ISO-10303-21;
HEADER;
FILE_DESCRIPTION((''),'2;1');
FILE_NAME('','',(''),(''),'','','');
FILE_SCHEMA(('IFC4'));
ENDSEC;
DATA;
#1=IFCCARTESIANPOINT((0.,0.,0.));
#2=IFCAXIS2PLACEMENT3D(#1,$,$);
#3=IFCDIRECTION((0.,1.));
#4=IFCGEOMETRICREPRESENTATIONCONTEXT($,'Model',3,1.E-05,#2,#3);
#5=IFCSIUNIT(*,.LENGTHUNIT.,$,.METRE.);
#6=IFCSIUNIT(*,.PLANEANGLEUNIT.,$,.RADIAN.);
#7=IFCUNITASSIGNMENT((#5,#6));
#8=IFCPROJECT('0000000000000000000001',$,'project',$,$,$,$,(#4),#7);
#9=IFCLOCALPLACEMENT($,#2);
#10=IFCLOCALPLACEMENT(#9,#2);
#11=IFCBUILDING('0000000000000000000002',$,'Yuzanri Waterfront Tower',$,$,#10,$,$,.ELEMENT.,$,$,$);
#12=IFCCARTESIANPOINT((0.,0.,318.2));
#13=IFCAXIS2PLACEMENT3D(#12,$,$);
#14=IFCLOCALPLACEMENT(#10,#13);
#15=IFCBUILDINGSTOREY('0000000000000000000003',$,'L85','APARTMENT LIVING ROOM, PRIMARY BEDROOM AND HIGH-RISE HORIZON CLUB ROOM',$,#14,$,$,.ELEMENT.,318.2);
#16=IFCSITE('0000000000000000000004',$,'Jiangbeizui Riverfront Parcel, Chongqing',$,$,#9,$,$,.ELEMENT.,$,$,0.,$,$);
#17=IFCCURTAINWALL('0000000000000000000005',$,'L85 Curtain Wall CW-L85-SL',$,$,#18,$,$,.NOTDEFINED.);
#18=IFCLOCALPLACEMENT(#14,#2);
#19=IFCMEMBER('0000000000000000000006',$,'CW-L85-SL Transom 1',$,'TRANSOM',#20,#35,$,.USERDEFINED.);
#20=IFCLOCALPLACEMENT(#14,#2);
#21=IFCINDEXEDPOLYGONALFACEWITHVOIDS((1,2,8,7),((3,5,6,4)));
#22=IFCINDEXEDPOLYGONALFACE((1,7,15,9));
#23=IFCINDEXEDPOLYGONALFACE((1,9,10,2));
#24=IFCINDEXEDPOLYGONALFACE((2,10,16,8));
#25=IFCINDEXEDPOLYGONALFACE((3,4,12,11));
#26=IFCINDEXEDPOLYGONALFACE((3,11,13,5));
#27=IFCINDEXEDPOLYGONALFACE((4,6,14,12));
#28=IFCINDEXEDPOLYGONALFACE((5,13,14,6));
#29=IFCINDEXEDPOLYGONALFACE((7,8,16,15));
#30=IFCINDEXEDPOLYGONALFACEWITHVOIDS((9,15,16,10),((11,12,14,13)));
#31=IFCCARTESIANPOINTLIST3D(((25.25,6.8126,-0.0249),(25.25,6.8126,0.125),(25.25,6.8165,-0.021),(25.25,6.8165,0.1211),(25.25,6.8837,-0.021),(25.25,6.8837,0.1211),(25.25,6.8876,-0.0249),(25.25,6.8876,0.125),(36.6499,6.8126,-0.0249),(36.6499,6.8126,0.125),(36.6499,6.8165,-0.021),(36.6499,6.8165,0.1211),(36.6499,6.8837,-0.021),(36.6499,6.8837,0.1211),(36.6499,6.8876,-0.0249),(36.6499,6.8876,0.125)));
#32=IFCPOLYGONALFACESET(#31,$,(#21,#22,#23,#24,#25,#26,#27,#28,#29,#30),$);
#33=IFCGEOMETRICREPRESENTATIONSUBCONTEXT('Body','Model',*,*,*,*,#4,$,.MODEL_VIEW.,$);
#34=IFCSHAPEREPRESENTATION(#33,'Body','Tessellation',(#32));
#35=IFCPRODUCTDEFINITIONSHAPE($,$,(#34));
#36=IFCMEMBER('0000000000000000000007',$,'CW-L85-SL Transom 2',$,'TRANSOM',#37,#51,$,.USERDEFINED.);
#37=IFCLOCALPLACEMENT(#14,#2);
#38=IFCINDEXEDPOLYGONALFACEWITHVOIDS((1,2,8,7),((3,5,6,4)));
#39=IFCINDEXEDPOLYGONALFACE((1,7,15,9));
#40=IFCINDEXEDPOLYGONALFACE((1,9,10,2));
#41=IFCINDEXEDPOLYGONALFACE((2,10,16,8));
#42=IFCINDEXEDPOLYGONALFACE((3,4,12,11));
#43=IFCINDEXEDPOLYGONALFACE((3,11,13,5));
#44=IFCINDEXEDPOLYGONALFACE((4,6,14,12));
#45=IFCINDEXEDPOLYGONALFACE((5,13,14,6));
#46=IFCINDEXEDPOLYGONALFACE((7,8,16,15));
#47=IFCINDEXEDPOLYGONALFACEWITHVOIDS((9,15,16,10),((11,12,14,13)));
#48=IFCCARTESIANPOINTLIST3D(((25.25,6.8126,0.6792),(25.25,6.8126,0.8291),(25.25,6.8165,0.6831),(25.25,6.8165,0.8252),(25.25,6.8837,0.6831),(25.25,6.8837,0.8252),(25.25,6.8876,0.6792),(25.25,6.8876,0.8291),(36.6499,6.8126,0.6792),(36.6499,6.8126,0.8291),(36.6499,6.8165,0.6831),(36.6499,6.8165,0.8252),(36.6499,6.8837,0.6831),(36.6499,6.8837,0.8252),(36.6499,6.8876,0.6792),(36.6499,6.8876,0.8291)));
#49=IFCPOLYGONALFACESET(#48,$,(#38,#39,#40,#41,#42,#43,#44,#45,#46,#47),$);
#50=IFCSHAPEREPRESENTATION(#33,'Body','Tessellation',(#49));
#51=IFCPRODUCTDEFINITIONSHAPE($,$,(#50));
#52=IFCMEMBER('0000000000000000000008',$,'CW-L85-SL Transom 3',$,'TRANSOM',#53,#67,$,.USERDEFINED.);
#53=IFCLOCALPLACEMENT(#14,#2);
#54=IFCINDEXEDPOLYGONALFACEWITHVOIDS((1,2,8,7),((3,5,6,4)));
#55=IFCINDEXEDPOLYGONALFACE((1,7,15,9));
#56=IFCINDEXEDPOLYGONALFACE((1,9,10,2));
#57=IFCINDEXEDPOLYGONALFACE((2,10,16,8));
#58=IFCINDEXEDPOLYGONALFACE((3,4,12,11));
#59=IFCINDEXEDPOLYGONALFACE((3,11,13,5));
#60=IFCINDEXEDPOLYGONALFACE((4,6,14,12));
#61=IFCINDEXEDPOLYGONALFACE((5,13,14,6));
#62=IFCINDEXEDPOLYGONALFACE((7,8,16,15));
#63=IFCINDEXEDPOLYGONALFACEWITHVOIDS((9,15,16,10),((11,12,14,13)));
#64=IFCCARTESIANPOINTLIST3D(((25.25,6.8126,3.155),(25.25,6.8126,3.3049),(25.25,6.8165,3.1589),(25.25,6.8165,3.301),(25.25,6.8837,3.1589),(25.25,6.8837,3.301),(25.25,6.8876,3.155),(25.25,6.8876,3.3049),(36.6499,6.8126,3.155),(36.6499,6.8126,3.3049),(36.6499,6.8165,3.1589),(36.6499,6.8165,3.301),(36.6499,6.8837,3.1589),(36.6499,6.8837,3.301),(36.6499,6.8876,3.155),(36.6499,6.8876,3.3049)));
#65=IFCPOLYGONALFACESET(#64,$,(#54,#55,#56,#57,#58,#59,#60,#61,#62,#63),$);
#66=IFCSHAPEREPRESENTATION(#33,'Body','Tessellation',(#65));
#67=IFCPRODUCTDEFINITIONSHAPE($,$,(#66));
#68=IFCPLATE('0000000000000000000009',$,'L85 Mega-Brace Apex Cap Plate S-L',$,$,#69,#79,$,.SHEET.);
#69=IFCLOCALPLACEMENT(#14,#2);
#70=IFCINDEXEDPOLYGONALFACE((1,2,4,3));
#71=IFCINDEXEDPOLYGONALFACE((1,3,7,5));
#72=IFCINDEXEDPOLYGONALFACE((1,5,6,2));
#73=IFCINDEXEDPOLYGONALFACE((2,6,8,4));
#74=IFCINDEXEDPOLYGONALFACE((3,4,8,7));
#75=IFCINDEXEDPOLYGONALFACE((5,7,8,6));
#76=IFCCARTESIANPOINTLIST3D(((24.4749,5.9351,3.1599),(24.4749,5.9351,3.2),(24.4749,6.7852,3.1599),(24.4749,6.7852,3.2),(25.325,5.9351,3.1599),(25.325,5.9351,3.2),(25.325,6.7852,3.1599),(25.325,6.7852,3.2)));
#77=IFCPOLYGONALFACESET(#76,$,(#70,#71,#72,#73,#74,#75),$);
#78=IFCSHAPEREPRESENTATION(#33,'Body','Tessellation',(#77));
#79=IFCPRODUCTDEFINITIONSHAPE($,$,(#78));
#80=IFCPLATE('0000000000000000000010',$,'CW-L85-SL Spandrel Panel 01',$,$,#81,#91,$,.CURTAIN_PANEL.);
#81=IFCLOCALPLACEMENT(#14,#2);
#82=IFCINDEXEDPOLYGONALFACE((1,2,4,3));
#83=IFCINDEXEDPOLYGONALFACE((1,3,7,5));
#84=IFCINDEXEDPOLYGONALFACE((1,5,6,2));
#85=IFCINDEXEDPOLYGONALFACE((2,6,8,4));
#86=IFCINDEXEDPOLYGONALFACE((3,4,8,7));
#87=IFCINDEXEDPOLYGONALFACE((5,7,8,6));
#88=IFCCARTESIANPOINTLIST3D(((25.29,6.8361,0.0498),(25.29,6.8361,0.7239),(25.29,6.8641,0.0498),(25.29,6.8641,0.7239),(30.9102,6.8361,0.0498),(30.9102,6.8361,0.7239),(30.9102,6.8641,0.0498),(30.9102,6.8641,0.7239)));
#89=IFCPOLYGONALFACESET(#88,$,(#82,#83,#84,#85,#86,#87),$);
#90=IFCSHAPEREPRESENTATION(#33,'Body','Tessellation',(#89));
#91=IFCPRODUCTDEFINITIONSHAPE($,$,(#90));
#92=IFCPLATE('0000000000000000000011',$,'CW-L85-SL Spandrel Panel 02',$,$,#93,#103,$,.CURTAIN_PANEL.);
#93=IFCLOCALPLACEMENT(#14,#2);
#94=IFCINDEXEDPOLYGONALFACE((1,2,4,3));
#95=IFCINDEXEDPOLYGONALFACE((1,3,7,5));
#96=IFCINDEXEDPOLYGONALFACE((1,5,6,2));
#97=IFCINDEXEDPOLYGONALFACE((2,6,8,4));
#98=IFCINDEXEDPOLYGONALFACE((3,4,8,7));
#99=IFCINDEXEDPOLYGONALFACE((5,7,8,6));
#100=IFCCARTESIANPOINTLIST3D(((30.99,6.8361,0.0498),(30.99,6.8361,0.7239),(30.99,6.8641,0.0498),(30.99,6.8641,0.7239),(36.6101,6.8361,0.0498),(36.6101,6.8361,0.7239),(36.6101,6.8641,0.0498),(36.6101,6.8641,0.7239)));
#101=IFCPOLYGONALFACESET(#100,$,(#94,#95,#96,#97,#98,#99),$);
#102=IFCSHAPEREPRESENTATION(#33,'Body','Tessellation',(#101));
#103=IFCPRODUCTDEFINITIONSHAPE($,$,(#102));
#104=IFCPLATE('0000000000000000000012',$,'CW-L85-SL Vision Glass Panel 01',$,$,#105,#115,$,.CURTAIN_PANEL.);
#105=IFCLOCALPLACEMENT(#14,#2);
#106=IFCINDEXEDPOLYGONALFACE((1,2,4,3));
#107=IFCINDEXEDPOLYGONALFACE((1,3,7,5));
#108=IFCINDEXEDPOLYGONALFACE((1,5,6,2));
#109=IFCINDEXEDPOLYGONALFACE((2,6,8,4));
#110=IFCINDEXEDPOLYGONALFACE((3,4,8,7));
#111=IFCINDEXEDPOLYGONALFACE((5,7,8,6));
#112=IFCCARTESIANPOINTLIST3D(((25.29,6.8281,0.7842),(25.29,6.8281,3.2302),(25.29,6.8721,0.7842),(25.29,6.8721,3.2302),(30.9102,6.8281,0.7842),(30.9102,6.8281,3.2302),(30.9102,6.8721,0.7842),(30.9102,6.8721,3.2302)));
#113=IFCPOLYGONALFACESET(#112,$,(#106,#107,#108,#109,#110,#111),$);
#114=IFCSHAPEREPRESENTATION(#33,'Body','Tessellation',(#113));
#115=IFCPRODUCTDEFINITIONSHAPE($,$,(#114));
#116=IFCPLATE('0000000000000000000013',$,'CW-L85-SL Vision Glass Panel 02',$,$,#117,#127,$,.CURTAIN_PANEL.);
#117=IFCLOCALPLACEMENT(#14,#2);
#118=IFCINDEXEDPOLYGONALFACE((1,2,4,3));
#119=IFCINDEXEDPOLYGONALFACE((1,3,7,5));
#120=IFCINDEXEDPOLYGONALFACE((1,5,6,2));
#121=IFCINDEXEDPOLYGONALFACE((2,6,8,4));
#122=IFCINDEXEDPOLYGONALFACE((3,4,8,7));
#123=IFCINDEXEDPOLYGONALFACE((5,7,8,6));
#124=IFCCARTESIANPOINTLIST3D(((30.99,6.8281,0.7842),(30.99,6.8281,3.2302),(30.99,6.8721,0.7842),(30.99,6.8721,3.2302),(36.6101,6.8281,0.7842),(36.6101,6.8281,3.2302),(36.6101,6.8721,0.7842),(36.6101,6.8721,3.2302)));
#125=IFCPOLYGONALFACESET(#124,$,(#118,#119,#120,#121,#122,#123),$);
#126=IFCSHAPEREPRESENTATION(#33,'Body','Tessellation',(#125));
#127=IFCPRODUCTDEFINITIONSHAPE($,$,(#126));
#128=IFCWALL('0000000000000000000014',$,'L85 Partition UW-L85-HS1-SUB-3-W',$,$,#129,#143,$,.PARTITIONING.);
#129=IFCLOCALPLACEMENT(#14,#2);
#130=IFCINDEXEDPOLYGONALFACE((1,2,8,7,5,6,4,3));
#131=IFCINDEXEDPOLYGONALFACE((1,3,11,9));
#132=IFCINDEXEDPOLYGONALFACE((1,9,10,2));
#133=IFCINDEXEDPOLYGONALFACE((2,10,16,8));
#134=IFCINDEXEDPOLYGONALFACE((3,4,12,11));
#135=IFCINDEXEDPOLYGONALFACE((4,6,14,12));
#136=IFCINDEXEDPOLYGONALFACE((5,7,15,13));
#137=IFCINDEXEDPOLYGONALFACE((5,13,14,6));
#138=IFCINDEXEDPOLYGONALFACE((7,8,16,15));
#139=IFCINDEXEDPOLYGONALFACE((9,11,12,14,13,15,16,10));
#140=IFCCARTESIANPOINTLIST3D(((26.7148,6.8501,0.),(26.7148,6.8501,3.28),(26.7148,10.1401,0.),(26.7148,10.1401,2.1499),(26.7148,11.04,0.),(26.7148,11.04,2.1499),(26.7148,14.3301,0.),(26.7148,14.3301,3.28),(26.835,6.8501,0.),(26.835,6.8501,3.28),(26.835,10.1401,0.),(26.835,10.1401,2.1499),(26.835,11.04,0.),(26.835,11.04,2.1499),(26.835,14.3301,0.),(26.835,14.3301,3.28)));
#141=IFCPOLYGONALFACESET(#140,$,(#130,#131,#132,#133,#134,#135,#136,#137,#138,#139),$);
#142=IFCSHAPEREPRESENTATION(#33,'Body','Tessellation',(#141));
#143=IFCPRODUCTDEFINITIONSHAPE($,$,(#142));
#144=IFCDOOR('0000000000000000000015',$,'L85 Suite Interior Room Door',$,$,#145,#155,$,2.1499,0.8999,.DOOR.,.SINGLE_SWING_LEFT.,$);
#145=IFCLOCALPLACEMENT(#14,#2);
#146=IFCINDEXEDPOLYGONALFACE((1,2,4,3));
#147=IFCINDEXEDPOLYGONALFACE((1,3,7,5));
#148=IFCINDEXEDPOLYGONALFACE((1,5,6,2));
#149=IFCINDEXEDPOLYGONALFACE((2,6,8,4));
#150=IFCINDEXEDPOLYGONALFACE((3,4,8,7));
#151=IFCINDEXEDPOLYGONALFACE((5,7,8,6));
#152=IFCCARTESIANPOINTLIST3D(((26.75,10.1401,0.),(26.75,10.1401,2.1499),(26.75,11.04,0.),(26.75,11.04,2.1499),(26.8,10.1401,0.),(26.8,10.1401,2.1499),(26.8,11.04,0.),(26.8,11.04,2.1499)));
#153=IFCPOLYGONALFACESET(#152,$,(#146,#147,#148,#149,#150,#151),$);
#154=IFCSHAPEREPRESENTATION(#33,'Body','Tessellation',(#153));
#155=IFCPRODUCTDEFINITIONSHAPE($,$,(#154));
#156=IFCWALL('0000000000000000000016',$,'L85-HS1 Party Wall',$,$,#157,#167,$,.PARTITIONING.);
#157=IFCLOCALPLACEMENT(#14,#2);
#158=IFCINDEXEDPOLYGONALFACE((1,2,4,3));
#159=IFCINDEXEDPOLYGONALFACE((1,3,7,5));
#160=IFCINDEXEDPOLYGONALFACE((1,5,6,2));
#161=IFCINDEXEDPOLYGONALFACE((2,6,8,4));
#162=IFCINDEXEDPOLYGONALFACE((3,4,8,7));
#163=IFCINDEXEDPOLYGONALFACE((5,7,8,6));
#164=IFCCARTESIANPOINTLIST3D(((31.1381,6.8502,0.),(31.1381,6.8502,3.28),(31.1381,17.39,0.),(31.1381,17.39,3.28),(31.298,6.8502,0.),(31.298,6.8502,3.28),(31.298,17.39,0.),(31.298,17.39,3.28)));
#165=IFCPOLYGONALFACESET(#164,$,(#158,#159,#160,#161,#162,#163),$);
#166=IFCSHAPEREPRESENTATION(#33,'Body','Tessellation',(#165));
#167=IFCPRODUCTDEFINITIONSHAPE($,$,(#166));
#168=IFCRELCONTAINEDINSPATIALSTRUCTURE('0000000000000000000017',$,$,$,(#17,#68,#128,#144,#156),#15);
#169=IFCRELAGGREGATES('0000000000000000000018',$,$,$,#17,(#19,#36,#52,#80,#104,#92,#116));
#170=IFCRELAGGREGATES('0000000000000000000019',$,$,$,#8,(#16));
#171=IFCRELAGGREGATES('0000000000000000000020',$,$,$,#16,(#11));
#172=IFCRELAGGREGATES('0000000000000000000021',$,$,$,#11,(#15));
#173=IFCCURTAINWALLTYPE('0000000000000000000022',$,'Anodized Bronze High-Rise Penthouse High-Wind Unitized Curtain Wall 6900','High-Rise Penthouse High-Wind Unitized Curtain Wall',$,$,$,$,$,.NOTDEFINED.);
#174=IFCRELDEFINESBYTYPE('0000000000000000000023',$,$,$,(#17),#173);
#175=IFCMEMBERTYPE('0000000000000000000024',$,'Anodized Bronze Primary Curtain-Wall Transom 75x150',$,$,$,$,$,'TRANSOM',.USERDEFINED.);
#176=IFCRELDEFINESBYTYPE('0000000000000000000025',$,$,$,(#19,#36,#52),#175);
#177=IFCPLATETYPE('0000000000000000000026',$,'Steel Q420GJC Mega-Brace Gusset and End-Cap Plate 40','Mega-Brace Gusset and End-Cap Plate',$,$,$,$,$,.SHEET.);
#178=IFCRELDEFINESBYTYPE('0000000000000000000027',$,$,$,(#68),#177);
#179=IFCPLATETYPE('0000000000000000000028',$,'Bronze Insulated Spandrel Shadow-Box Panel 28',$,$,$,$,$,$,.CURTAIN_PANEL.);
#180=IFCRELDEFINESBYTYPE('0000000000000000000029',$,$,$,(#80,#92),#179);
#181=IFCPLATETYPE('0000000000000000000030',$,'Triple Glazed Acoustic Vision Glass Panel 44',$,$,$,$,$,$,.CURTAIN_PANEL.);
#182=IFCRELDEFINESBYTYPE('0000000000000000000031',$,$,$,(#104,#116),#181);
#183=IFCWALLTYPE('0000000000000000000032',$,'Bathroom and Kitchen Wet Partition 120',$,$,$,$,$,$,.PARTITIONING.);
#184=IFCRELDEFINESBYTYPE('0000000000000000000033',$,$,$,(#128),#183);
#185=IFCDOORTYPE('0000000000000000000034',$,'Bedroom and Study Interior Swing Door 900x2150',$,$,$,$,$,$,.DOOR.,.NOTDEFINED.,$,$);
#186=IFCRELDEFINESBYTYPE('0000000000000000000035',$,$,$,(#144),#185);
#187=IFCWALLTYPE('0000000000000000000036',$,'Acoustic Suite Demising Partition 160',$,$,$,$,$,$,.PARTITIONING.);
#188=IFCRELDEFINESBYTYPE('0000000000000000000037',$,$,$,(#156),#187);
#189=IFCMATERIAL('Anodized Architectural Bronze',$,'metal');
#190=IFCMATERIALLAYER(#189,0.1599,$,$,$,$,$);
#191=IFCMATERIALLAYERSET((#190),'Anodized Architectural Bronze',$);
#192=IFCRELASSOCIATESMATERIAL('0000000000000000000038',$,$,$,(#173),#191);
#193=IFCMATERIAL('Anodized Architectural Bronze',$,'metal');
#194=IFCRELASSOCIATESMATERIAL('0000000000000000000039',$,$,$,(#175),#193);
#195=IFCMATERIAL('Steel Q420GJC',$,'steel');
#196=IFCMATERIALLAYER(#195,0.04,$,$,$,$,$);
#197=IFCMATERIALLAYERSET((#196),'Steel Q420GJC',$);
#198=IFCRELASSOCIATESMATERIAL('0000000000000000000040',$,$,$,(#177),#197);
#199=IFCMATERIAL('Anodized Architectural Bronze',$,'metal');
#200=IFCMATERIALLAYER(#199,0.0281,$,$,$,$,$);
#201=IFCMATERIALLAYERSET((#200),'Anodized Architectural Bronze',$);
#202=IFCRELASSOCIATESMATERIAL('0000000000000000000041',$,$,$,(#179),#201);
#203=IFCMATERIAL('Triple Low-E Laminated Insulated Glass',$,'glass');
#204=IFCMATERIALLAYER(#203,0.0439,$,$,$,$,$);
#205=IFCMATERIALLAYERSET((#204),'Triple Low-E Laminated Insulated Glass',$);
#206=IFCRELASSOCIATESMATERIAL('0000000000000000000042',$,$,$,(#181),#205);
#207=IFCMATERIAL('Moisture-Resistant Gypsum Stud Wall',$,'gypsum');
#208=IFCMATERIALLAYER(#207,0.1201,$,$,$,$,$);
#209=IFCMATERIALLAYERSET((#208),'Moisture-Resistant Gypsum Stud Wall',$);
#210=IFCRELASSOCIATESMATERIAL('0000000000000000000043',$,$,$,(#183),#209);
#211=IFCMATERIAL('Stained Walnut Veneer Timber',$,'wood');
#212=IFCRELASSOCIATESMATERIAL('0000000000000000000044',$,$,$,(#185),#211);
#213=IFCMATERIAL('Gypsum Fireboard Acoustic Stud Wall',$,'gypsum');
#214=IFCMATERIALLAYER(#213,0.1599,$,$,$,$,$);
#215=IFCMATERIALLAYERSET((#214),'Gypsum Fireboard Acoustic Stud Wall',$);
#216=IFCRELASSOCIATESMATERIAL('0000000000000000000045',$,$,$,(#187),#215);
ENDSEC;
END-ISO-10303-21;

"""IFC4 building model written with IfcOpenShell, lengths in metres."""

from ifc_helpers import new_model, si_unit, direction, frame, frame_2d, origin, origin_2d, place, context, subcontext, project, spatial, rectangle, hollow_rectangle, extrude, source, transform, mapped, material, layer, layer_set, material_profile, profile_set, type_object, element, fill, aggregate, save


model = new_model("IFC4")

# Units and contexts
model_context = context("Model", 3, precision=1e-05, world=origin(), true_north=direction((0.0, 1.0)))
body_context = subcontext(model_context, "Body", "Model", "MODEL_VIEW")
ifc_project = project(units=[si_unit("LENGTHUNIT", "METRE"), si_unit("PLANEANGLEUNIT", "RADIAN")], contexts=[model_context])

# Site, building, storey
site_placement = place(None, origin())
site = spatial("IfcSite", under=ifc_project, at=site_placement, Name="Jiangbeizui Riverfront Parcel, Chongqing", CompositionType="ELEMENT", RefElevation=0.0)
building_placement = place(site_placement, origin())
building = spatial("IfcBuilding", under=site, at=building_placement, Name="Yuzanri Waterfront Tower", CompositionType="ELEMENT")
storey_placement = place(building_placement, frame((0.0, 0.0, 318.2)))
storey = spatial("IfcBuildingStorey", under=building, at=storey_placement, Name="L85", Description="APARTMENT LIVING ROOM, PRIMARY BEDROOM AND HIGH-RISE HORIZON CLUB ROOM", CompositionType="ELEMENT", Elevation=318.2)

# Curtain wall, members
ifc_material_1 = material(Name="Anodized Architectural Bronze", Category="metal")
ifc_layer_1 = layer(ifc_material_1, 0.1599)
ifc_layer_set_1 = layer_set([ifc_layer_1], Name="Anodized Architectural Bronze")
curtain_wall_type = type_object("IfcCurtainWallType", Name="Anodized Bronze High-Rise Penthouse High-Wind Unitized Curtain Wall 6900", Description="High-Rise Penthouse High-Wind Unitized Curtain Wall", PredefinedType="NOTDEFINED", material=ifc_layer_set_1)
curtain_wall_placement = place(storey_placement, origin())
curtain_wall = element("IfcCurtainWall", 1, at=curtain_wall_placement, inside=storey, type_object=curtain_wall_type, Name="L85 Curtain Wall CW-L85-SL", PredefinedType="NOTDEFINED")
ifc_material_2 = material(Name="Anodized Architectural Bronze", Category="metal")
ifc_material_profile_1 = material_profile(ifc_material_2, hollow_rectangle(XDim=0.075, YDim=0.1499, WallThickness=0.0039, at=origin_2d()), Name="CWT 75x150")
ifc_profile_set_1 = profile_set([ifc_material_profile_1], Name="Anodized Architectural Bronze")
member_type_1 = type_object("IfcMemberType", Name="Anodized Bronze Primary Curtain-Wall Transom 75x150", ElementType="TRANSOM", PredefinedType="USERDEFINED", material=ifc_profile_set_1)
shared_shape_1 = source(origin(), body_context, "Body", "SweptSolid", [
    extrude(hollow_rectangle(XDim=0.075, YDim=0.1499, WallThickness=0.0039, at=origin_2d()), origin(), (0.0, 0.0, 1.0), 11.3999),
])
member_1_placement = place(storey_placement, frame((25.25, 6.8501, 0.05), z_axis=(1.0, 0.0, 0.0), x_axis=(0.0, 1.0, 0.0)))
member_1 = element("IfcMember", 2, at=member_1_placement, type_object=member_type_1, Name="CW-L85-SL Transom 1", ObjectType="TRANSOM", PredefinedType="USERDEFINED", context=body_context, shape_type="MappedRepresentation", body=[
    mapped(shared_shape_1, transform((0.0, 0.0, 0.0), scale=1.0)),
])
member_2_placement = place(storey_placement, frame((25.25, 6.8501, 0.7542), z_axis=(1.0, 0.0, 0.0), x_axis=(0.0, 1.0, 0.0)))
member_2 = element("IfcMember", 3, at=member_2_placement, type_object=member_type_1, Name="CW-L85-SL Transom 2", ObjectType="TRANSOM", PredefinedType="USERDEFINED", context=body_context, shape_type="MappedRepresentation", body=[
    mapped(shared_shape_1, transform((0.0, 0.0, 0.0), scale=1.0)),
])
member_3_placement = place(storey_placement, frame((25.25, 6.8501, 3.23), z_axis=(1.0, 0.0, 0.0), x_axis=(0.0, 1.0, 0.0)))
member_3 = element("IfcMember", 4, at=member_3_placement, type_object=member_type_1, Name="CW-L85-SL Transom 3", ObjectType="TRANSOM", PredefinedType="USERDEFINED", context=body_context, shape_type="MappedRepresentation", body=[
    mapped(shared_shape_1, transform((0.0, 0.0, 0.0), scale=1.0)),
])

# Plates
ifc_material_3 = material(Name="Steel Q420GJC", Category="steel")
ifc_layer_2 = layer(ifc_material_3, 0.04)
ifc_layer_set_2 = layer_set([ifc_layer_2], Name="Steel Q420GJC")
plate_type_1 = type_object("IfcPlateType", Name="Steel Q420GJC Mega-Brace Gusset and End-Cap Plate 40", Description="Mega-Brace Gusset and End-Cap Plate", PredefinedType="SHEET", material=ifc_layer_set_2)
shared_shape_2 = source(origin(), body_context, "Body", "SweptSolid", [
    extrude(rectangle(XDim=0.8501, YDim=0.8501, at=origin_2d()), origin(), (0.0, 0.0, 1.0), 0.04),
])
plate_1_placement = place(storey_placement, frame((24.8999, 6.3601, 3.1599), z_axis=(0.0, 0.0, 1.0), x_axis=(1.0, 0.0, 0.0)))
element("IfcPlate", 5, at=plate_1_placement, inside=storey, type_object=plate_type_1, Name="L85 Mega-Brace Apex Cap Plate S-L", PredefinedType="SHEET", context=body_context, shape_type="MappedRepresentation", body=[
    mapped(shared_shape_2, transform((0.0, 0.0, 0.0), scale=1.0)),
])
ifc_material_4 = material(Name="Anodized Architectural Bronze", Category="metal")
ifc_layer_3 = layer(ifc_material_4, 0.0281)
ifc_layer_set_3 = layer_set([ifc_layer_3], Name="Anodized Architectural Bronze")
plate_type_2 = type_object("IfcPlateType", Name="Bronze Insulated Spandrel Shadow-Box Panel 28", PredefinedType="CURTAIN_PANEL", material=ifc_layer_set_3)
shared_shape_3 = source(origin(), body_context, "Body", "SweptSolid", [
    extrude(rectangle(XDim=5.6201, YDim=0.0281, at=origin_2d()), origin(), (0.0, 0.0, 1.0), 0.6741),
])
plate_2_placement = place(storey_placement, frame((28.1001, 6.8501, 0.0498), z_axis=(0.0, 0.0, 1.0), x_axis=(1.0, 0.0, 0.0)))
plate_2 = element("IfcPlate", 6, at=plate_2_placement, type_object=plate_type_2, Name="CW-L85-SL Spandrel Panel 01", PredefinedType="CURTAIN_PANEL", context=body_context, shape_type="MappedRepresentation", body=[
    mapped(shared_shape_3, transform((0.0, 0.0, 0.0), scale=1.0)),
])
plate_3_placement = place(storey_placement, frame((33.8, 6.8501, 0.0498), z_axis=(0.0, 0.0, 1.0), x_axis=(1.0, 0.0, 0.0)))
plate_3 = element("IfcPlate", 7, at=plate_3_placement, type_object=plate_type_2, Name="CW-L85-SL Spandrel Panel 02", PredefinedType="CURTAIN_PANEL", context=body_context, shape_type="MappedRepresentation", body=[
    mapped(shared_shape_3, transform((0.0, 0.0, 0.0), scale=1.0)),
])
ifc_material_5 = material(Name="Triple Low-E Laminated Insulated Glass", Category="glass")
ifc_layer_4 = layer(ifc_material_5, 0.0439)
ifc_layer_set_4 = layer_set([ifc_layer_4], Name="Triple Low-E Laminated Insulated Glass")
plate_type_3 = type_object("IfcPlateType", Name="Triple Glazed Acoustic Vision Glass Panel 44", PredefinedType="CURTAIN_PANEL", material=ifc_layer_set_4)
shared_shape_4 = source(origin(), body_context, "Body", "SweptSolid", [
    extrude(rectangle(XDim=5.6201, YDim=0.0439, at=origin_2d()), origin(), (0.0, 0.0, 1.0), 2.446),
])
plate_4_placement = place(storey_placement, frame((28.1001, 6.8501, 0.7842), z_axis=(0.0, 0.0, 1.0), x_axis=(1.0, 0.0, 0.0)))
plate_4 = element("IfcPlate", 8, at=plate_4_placement, type_object=plate_type_3, Name="CW-L85-SL Vision Glass Panel 01", PredefinedType="CURTAIN_PANEL", context=body_context, shape_type="MappedRepresentation", body=[
    mapped(shared_shape_4, transform((0.0, 0.0, 0.0), scale=1.0)),
])
plate_5_placement = place(storey_placement, frame((33.8, 6.8501, 0.7842), z_axis=(0.0, 0.0, 1.0), x_axis=(1.0, 0.0, 0.0)))
plate_5 = element("IfcPlate", 9, at=plate_5_placement, type_object=plate_type_3, Name="CW-L85-SL Vision Glass Panel 02", PredefinedType="CURTAIN_PANEL", context=body_context, shape_type="MappedRepresentation", body=[
    mapped(shared_shape_4, transform((0.0, 0.0, 0.0), scale=1.0)),
])
aggregate(curtain_wall, [member_1, member_2, member_3, plate_2, plate_4, plate_3, plate_5])

# Wall, opening, door
ifc_material_6 = material(Name="Moisture-Resistant Gypsum Stud Wall", Category="gypsum")
ifc_layer_5 = layer(ifc_material_6, 0.1201)
ifc_layer_set_5 = layer_set([ifc_layer_5], Name="Moisture-Resistant Gypsum Stud Wall")
wall_type_1 = type_object("IfcWallType", Name="Bathroom and Kitchen Wet Partition 120", PredefinedType="PARTITIONING", material=ifc_layer_set_5)
wall_1_placement = place(storey_placement, frame((26.7749, 6.8501, 0.0), z_axis=(0.0, 0.0, 1.0), x_axis=(0.0, 1.0, 0.0)))
wall_1 = element("IfcWall", 10, at=wall_1_placement, inside=storey, type_object=wall_type_1, Name="L85 Partition UW-L85-HS1-SUB-3-W", PredefinedType="PARTITIONING", context=body_context, shape_type="SweptSolid", body=[
    extrude(rectangle(XDim=7.48, YDim=0.1201, at=frame_2d((3.74, 0.0))), origin(), (0.0, 0.0, 1.0), 3.28),
])
opening_placement = place(wall_1_placement, frame((3.29, 0.0, 0.0)))
opening = element("IfcOpeningElement", 11, at=opening_placement, cuts=wall_1, PredefinedType="OPENING", context=body_context, shape_type="SweptSolid", body=[
    extrude(rectangle(XDim=0.8999, YDim=2.1499, at=frame_2d((0.45, 1.075))), frame((0.0, 0.075, 0.0), z_axis=(0.0, -1.0, 0.0), x_axis=(1.0, 0.0, 0.0)), (0.0, 0.0, 1.0), 0.1499),
])
ifc_material_7 = material(Name="Stained Walnut Veneer Timber", Category="wood")
door_type = type_object("IfcDoorType", Name="Bedroom and Study Interior Swing Door 900x2150", OperationType="NOTDEFINED", PredefinedType="DOOR", material=ifc_material_7)
shared_shape_5 = source(origin(), body_context, "Body", "SweptSolid", [
    extrude(rectangle(XDim=0.8999, YDim=2.1499, at=frame_2d((0.45, 1.075))), frame((0.0, 0.0249, 0.0), z_axis=(0.0, -1.0, 0.0), x_axis=(1.0, 0.0, 0.0)), (0.0, 0.0, 1.0), 0.05),
])
door_placement = place(opening_placement, origin())
door = element("IfcDoor", 12, at=door_placement, inside=storey, type_object=door_type, Name="L85 Suite Interior Room Door", OperationType="SINGLE_SWING_LEFT", OverallHeight=2.1499, OverallWidth=0.8999, PredefinedType="DOOR", context=body_context, shape_type="MappedRepresentation", body=[
    mapped(shared_shape_5, transform((0.0, 0.0, 0.0), scale=1.0)),
])
fill(opening, door)

# Wall
ifc_material_8 = material(Name="Gypsum Fireboard Acoustic Stud Wall", Category="gypsum")
ifc_layer_6 = layer(ifc_material_8, 0.1599)
ifc_layer_set_6 = layer_set([ifc_layer_6], Name="Gypsum Fireboard Acoustic Stud Wall")
wall_type_2 = type_object("IfcWallType", Name="Acoustic Suite Demising Partition 160", PredefinedType="PARTITIONING", material=ifc_layer_set_6)
shared_shape_6 = source(origin(), body_context, "Body", "SweptSolid", [
    extrude(rectangle(XDim=10.5398, YDim=0.1599, at=frame_2d((5.27, 0.0))), origin(), (0.0, 0.0, 1.0), 3.28),
])
wall_2_placement = place(storey_placement, frame((31.218, 6.8501, 0.0), z_axis=(0.0, 0.0, 1.0), x_axis=(0.0, 1.0, 0.0)))
element("IfcWall", 13, at=wall_2_placement, inside=storey, type_object=wall_type_2, Name="L85-HS1 Party Wall", PredefinedType="PARTITIONING", context=body_context, shape_type="MappedRepresentation", body=[
    mapped(shared_shape_6, transform((0.0, 0.0, 0.0), scale=1.0)),
])

save(model, "model.ifc")
